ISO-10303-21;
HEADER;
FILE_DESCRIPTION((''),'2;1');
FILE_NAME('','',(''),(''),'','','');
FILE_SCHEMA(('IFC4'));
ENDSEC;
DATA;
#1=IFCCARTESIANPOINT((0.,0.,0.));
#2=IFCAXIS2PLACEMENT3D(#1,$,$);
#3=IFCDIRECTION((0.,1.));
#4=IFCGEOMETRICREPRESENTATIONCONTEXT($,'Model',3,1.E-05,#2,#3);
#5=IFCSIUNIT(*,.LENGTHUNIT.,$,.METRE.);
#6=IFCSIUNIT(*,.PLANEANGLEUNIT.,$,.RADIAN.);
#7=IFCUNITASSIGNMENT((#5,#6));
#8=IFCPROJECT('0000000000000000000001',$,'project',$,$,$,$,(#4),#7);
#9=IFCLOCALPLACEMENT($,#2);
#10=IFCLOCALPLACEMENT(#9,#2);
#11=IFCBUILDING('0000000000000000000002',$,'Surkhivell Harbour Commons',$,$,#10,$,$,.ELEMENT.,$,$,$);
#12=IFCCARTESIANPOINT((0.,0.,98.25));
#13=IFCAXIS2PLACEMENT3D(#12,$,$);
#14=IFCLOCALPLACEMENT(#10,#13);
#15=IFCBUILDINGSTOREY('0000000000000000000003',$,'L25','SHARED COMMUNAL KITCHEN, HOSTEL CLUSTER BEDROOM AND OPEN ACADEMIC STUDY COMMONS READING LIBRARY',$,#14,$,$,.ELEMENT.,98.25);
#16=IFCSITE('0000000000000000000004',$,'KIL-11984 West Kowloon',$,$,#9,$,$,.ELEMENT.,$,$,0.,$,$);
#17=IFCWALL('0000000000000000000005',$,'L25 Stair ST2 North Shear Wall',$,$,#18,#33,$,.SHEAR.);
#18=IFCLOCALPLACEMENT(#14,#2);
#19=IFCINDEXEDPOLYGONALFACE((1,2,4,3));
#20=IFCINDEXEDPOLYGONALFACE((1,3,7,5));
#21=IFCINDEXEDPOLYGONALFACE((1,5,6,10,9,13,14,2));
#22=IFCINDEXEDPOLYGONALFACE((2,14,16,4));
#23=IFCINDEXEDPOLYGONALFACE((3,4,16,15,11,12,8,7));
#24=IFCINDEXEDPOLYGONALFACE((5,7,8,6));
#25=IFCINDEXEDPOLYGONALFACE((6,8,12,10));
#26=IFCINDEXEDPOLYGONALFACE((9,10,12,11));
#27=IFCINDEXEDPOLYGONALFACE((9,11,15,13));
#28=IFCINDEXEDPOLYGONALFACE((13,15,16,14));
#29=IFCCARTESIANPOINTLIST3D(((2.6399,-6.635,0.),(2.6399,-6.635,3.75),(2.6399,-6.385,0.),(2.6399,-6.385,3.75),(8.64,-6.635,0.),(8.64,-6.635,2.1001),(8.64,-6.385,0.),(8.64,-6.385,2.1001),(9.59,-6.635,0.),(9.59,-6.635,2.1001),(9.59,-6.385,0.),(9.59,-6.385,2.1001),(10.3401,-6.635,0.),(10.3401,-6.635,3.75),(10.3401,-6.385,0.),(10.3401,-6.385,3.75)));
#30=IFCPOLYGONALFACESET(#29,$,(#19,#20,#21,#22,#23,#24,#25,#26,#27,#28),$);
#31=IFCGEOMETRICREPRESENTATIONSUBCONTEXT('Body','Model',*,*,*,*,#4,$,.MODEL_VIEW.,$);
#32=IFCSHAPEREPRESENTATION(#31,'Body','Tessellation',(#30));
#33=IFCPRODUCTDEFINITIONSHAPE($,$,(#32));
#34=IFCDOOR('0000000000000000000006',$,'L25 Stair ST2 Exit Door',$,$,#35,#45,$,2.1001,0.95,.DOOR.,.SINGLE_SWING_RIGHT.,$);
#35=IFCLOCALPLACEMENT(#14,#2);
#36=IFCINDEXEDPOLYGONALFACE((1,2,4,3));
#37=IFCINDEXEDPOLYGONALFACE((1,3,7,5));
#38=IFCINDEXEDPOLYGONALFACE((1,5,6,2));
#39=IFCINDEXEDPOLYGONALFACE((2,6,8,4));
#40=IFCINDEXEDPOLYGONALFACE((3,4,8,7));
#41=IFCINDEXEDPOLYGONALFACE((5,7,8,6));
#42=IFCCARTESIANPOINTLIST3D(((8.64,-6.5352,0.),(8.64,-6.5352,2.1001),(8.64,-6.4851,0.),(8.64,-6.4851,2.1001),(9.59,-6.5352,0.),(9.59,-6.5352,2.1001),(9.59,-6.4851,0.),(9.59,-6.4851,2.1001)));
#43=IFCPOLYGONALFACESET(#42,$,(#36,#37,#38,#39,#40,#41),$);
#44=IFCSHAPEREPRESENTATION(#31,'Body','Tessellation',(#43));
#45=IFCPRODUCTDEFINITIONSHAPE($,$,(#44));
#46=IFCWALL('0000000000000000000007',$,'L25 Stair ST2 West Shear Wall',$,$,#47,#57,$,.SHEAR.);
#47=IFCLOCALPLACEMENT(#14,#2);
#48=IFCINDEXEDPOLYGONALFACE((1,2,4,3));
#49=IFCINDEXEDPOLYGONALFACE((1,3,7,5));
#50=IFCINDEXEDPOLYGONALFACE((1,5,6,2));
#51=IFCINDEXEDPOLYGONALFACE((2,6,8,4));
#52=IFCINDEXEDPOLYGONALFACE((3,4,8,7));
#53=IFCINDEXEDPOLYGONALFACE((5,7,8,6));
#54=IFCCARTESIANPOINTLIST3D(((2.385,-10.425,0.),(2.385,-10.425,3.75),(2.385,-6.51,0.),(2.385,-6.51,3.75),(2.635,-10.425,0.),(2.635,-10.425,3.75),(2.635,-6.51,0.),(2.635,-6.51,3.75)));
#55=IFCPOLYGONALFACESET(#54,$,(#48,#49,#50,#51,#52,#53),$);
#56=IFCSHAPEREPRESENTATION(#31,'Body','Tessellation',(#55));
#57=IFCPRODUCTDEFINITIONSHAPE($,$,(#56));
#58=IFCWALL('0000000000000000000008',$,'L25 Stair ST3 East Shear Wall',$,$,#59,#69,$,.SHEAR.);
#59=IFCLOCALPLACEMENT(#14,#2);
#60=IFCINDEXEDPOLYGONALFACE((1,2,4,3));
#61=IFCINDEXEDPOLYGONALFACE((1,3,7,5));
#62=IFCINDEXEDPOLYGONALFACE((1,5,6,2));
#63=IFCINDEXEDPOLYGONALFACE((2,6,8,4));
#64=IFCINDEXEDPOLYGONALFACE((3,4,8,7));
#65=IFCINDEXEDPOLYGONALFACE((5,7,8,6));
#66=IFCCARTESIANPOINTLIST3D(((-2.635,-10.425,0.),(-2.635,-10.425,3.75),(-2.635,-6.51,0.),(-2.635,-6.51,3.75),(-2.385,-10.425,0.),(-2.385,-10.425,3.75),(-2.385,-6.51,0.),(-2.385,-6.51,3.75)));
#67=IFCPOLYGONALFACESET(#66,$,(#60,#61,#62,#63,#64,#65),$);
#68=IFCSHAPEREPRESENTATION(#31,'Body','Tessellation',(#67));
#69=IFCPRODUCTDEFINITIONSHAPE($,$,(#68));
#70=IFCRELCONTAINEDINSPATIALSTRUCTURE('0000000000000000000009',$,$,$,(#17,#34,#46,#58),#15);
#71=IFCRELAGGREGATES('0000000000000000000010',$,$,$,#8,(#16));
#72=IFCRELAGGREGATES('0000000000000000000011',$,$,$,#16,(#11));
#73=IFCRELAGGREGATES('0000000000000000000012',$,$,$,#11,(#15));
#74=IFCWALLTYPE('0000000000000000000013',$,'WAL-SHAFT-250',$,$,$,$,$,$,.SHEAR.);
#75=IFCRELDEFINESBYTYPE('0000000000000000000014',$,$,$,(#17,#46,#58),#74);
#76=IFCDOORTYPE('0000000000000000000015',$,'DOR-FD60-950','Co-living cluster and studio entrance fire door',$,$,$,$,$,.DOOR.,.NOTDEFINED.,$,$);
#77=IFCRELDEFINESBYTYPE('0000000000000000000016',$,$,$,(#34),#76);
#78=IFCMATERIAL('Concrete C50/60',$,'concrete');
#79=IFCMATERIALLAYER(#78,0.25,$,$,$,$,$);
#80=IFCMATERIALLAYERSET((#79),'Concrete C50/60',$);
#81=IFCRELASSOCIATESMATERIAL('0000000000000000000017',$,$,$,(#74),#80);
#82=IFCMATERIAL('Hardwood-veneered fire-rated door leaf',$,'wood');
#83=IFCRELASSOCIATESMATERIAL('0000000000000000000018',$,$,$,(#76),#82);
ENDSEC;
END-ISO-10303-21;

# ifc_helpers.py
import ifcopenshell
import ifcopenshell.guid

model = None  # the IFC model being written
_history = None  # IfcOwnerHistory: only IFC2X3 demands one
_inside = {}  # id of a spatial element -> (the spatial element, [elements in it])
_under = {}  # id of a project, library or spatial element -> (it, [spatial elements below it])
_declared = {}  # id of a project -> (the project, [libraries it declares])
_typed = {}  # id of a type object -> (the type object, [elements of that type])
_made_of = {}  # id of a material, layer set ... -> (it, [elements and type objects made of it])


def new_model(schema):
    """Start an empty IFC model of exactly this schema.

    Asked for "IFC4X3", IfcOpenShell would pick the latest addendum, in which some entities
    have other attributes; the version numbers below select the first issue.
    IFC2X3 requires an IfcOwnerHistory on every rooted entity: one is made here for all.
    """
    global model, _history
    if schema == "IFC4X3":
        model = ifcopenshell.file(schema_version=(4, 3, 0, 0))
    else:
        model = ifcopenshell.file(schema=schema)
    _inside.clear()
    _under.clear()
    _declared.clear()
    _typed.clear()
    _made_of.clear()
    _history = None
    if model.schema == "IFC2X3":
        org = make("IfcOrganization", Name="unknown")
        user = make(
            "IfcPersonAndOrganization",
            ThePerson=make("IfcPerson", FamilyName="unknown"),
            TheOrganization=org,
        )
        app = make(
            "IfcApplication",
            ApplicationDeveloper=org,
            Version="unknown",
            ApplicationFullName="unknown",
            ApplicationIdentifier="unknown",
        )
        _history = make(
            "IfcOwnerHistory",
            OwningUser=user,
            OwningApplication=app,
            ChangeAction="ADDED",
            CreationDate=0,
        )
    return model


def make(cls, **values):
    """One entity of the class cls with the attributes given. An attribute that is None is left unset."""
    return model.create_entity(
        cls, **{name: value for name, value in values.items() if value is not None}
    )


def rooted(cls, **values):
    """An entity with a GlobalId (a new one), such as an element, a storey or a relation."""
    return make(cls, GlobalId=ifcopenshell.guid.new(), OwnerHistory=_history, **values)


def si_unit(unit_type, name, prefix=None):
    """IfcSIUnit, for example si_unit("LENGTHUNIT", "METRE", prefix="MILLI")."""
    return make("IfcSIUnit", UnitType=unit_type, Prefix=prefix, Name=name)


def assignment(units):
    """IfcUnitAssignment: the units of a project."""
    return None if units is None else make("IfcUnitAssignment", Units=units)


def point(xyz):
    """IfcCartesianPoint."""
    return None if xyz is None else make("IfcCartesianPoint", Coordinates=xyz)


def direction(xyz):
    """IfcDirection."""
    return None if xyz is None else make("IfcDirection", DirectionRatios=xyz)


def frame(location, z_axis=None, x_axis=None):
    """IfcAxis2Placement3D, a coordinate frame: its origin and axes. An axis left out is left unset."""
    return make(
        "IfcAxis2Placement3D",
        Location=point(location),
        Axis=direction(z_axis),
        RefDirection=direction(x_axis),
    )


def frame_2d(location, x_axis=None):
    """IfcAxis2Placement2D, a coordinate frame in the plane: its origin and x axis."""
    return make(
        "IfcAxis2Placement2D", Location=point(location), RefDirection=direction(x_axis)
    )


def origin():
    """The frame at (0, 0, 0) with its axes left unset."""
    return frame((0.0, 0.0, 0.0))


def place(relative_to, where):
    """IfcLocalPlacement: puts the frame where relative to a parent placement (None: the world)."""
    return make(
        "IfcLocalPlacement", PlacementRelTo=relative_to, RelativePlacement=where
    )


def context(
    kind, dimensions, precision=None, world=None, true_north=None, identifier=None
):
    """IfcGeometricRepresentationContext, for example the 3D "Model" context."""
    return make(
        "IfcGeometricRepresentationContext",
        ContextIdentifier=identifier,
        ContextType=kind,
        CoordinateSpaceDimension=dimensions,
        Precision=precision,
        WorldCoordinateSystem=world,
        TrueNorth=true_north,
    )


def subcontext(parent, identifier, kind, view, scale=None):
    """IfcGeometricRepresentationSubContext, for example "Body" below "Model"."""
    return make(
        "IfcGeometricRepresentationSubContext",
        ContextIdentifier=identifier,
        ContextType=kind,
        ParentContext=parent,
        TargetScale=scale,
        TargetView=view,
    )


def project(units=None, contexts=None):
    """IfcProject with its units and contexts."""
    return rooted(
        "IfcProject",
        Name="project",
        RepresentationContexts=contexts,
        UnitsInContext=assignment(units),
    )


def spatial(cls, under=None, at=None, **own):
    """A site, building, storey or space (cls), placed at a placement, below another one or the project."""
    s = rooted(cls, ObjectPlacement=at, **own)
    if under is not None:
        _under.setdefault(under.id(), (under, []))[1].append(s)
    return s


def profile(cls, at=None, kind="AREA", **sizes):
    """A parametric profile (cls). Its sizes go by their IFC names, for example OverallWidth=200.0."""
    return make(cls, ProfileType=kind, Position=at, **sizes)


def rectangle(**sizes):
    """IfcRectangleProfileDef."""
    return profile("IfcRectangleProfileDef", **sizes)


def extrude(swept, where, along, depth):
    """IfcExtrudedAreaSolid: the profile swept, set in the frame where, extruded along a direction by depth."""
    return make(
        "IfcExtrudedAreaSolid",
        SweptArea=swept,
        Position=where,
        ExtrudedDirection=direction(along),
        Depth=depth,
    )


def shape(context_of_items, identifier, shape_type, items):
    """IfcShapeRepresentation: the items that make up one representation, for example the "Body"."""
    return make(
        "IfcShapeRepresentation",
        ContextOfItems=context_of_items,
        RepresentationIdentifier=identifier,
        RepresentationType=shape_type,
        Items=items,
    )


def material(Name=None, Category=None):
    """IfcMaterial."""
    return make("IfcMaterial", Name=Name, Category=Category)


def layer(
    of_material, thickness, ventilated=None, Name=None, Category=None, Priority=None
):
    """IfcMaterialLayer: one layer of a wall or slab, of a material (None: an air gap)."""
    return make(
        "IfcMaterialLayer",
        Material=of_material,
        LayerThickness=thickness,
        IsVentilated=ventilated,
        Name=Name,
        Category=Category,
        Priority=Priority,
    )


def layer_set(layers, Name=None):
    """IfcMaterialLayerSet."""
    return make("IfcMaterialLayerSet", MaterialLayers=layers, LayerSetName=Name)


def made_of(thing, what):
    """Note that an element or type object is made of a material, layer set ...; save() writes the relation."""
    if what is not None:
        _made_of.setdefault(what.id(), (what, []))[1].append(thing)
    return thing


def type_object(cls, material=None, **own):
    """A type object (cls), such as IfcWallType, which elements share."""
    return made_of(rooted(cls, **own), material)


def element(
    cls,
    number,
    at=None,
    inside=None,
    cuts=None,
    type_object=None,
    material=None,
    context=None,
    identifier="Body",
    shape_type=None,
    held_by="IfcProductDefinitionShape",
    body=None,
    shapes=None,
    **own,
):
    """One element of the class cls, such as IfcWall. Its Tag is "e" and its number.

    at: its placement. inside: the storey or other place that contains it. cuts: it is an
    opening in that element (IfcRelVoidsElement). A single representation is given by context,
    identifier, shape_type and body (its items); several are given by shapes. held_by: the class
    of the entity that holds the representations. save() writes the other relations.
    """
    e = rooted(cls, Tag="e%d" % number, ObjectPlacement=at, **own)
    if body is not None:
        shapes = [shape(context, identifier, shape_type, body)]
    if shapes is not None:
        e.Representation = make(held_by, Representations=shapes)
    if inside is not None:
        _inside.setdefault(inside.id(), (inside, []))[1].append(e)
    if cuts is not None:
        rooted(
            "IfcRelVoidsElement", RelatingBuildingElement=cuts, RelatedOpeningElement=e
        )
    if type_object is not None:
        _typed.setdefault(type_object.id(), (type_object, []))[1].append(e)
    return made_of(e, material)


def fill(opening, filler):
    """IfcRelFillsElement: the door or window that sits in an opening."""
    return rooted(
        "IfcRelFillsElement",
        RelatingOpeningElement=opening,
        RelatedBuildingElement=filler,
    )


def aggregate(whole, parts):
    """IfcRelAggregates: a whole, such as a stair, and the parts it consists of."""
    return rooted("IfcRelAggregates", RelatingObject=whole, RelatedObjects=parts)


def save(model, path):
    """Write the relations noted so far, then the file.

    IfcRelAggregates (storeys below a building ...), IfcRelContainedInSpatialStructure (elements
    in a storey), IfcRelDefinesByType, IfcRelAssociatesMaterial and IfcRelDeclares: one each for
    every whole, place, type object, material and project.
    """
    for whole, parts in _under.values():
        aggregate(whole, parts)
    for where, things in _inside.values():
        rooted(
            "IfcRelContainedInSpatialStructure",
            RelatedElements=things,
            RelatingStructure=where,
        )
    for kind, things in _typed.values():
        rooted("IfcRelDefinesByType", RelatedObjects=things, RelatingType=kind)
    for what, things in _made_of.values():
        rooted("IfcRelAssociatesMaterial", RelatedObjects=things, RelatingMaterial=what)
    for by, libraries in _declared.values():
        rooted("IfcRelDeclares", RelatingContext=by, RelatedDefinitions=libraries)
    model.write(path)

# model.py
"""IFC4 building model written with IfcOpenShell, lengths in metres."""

from ifc_helpers import new_model, si_unit, direction, frame, frame_2d, origin, place, context, subcontext, project, spatial, rectangle, extrude, material, layer, layer_set, type_object, element, fill, save


model = new_model("IFC4")

# Units and contexts
model_context = context("Model", 3, precision=1e-05, world=origin(), true_north=direction((0.0, 1.0)))
body_context = subcontext(model_context, "Body", "Model", "MODEL_VIEW")
ifc_project = project(units=[si_unit("LENGTHUNIT", "METRE"), si_unit("PLANEANGLEUNIT", "RADIAN")], contexts=[model_context])

# Site, building, storey
site_placement = place(None, origin())
site = spatial("IfcSite", under=ifc_project, at=site_placement, Name="KIL-11984 West Kowloon", CompositionType="ELEMENT", RefElevation=0.0)
building_placement = place(site_placement, origin())
building = spatial("IfcBuilding", under=site, at=building_placement, Name="Surkhivell Harbour Commons", CompositionType="ELEMENT")
storey_placement = place(building_placement, frame((0.0, 0.0, 98.25)))
storey = spatial("IfcBuildingStorey", under=building, at=storey_placement, Name="L25", Description="SHARED COMMUNAL KITCHEN, HOSTEL CLUSTER BEDROOM AND OPEN ACADEMIC STUDY COMMONS READING LIBRARY", CompositionType="ELEMENT", Elevation=98.25)

# Shared definitions
ifc_material_1 = material(Name="Hardwood-veneered fire-rated door leaf", Category="wood")

# Shared definitions
ifc_material_2 = material(Name="Concrete C50/60", Category="concrete")
ifc_layer_1 = layer(ifc_material_2, 0.25)
ifc_layer_set_1 = layer_set([ifc_layer_1], Name="Concrete C50/60")
wall_type_1 = type_object("IfcWallType", Name="WAL-SHAFT-250", PredefinedType="SHEAR", material=ifc_layer_set_1)

# Wall, opening, door
wall_1_placement = place(storey_placement, frame((2.6399, -6.51, 0.0), z_axis=(0.0, 0.0, 1.0), x_axis=(1.0, 0.0, 0.0)))
wall_1 = element("IfcWall", 1, at=wall_1_placement, inside=storey, type_object=wall_type_1, Name="L25 Stair ST2 North Shear Wall", PredefinedType="SHEAR", context=body_context, shape_type="SweptSolid", body=[
    extrude(rectangle(XDim=7.7002, YDim=0.25, at=frame_2d((3.8501, 0.0))), origin(), (0.0, 0.0, 1.0), 3.75),
])
opening_1_placement = place(wall_1_placement, frame((6.0, 0.0, 0.0)))
opening_1 = element("IfcOpeningElement", 2, at=opening_1_placement, cuts=wall_1, PredefinedType="OPENING", context=body_context, shape_type="SweptSolid", body=[
    extrude(rectangle(XDim=0.95, YDim=2.1001, at=frame_2d((0.4751, 1.05))), frame((0.0, 0.135, 0.0), z_axis=(0.0, -1.0, 0.0), x_axis=(1.0, 0.0, 0.0)), (0.0, 0.0, 1.0), 0.27),
])
door_type_1 = type_object("IfcDoorType", Name="DOR-FD60-950", Description="Co-living cluster and studio entrance fire door", OperationType="NOTDEFINED", PredefinedType="DOOR", material=ifc_material_1)
door_1_placement = place(opening_1_placement, origin())
door_1 = element("IfcDoor", 3, at=door_1_placement, inside=storey, type_object=door_type_1, Name="L25 Stair ST2 Exit Door", OperationType="SINGLE_SWING_RIGHT", OverallHeight=2.1001, OverallWidth=0.95, PredefinedType="DOOR", context=body_context, shape_type="SweptSolid", body=[
    extrude(rectangle(XDim=0.95, YDim=2.1001, at=frame_2d((0.4751, 1.05))), frame((0.0, 0.0249, 0.0), z_axis=(0.0, -1.0, 0.0), x_axis=(1.0, 0.0, 0.0)), (0.0, 0.0, 1.0), 0.05),
])
fill(opening_1, door_1)

# Walls
for number, where, z_axis, x_axis, name in (
    (4, (2.51, -10.425, 0.0), (0.0, 0.0, 1.0), (0.0, 1.0, 0.0), "L25 Stair ST2 West Shear Wall"),
    (5, (-2.51, -10.425, 0.0), (0.0, 0.0, 1.0), (0.0, 1.0, 0.0), "L25 Stair ST3 East Shear Wall"),
):
    element("IfcWall", number, at=place(storey_placement, frame(where, z_axis=z_axis, x_axis=x_axis)), inside=storey, type_object=wall_type_1, Name=name, PredefinedType="SHEAR", context=body_context, shape_type="SweptSolid", body=[
        extrude(rectangle(XDim=3.915, YDim=0.25, at=frame_2d((1.9575, 0.0))), origin(), (0.0, 0.0, 1.0), 3.75),
    ])

save(model, "model.ifc")
